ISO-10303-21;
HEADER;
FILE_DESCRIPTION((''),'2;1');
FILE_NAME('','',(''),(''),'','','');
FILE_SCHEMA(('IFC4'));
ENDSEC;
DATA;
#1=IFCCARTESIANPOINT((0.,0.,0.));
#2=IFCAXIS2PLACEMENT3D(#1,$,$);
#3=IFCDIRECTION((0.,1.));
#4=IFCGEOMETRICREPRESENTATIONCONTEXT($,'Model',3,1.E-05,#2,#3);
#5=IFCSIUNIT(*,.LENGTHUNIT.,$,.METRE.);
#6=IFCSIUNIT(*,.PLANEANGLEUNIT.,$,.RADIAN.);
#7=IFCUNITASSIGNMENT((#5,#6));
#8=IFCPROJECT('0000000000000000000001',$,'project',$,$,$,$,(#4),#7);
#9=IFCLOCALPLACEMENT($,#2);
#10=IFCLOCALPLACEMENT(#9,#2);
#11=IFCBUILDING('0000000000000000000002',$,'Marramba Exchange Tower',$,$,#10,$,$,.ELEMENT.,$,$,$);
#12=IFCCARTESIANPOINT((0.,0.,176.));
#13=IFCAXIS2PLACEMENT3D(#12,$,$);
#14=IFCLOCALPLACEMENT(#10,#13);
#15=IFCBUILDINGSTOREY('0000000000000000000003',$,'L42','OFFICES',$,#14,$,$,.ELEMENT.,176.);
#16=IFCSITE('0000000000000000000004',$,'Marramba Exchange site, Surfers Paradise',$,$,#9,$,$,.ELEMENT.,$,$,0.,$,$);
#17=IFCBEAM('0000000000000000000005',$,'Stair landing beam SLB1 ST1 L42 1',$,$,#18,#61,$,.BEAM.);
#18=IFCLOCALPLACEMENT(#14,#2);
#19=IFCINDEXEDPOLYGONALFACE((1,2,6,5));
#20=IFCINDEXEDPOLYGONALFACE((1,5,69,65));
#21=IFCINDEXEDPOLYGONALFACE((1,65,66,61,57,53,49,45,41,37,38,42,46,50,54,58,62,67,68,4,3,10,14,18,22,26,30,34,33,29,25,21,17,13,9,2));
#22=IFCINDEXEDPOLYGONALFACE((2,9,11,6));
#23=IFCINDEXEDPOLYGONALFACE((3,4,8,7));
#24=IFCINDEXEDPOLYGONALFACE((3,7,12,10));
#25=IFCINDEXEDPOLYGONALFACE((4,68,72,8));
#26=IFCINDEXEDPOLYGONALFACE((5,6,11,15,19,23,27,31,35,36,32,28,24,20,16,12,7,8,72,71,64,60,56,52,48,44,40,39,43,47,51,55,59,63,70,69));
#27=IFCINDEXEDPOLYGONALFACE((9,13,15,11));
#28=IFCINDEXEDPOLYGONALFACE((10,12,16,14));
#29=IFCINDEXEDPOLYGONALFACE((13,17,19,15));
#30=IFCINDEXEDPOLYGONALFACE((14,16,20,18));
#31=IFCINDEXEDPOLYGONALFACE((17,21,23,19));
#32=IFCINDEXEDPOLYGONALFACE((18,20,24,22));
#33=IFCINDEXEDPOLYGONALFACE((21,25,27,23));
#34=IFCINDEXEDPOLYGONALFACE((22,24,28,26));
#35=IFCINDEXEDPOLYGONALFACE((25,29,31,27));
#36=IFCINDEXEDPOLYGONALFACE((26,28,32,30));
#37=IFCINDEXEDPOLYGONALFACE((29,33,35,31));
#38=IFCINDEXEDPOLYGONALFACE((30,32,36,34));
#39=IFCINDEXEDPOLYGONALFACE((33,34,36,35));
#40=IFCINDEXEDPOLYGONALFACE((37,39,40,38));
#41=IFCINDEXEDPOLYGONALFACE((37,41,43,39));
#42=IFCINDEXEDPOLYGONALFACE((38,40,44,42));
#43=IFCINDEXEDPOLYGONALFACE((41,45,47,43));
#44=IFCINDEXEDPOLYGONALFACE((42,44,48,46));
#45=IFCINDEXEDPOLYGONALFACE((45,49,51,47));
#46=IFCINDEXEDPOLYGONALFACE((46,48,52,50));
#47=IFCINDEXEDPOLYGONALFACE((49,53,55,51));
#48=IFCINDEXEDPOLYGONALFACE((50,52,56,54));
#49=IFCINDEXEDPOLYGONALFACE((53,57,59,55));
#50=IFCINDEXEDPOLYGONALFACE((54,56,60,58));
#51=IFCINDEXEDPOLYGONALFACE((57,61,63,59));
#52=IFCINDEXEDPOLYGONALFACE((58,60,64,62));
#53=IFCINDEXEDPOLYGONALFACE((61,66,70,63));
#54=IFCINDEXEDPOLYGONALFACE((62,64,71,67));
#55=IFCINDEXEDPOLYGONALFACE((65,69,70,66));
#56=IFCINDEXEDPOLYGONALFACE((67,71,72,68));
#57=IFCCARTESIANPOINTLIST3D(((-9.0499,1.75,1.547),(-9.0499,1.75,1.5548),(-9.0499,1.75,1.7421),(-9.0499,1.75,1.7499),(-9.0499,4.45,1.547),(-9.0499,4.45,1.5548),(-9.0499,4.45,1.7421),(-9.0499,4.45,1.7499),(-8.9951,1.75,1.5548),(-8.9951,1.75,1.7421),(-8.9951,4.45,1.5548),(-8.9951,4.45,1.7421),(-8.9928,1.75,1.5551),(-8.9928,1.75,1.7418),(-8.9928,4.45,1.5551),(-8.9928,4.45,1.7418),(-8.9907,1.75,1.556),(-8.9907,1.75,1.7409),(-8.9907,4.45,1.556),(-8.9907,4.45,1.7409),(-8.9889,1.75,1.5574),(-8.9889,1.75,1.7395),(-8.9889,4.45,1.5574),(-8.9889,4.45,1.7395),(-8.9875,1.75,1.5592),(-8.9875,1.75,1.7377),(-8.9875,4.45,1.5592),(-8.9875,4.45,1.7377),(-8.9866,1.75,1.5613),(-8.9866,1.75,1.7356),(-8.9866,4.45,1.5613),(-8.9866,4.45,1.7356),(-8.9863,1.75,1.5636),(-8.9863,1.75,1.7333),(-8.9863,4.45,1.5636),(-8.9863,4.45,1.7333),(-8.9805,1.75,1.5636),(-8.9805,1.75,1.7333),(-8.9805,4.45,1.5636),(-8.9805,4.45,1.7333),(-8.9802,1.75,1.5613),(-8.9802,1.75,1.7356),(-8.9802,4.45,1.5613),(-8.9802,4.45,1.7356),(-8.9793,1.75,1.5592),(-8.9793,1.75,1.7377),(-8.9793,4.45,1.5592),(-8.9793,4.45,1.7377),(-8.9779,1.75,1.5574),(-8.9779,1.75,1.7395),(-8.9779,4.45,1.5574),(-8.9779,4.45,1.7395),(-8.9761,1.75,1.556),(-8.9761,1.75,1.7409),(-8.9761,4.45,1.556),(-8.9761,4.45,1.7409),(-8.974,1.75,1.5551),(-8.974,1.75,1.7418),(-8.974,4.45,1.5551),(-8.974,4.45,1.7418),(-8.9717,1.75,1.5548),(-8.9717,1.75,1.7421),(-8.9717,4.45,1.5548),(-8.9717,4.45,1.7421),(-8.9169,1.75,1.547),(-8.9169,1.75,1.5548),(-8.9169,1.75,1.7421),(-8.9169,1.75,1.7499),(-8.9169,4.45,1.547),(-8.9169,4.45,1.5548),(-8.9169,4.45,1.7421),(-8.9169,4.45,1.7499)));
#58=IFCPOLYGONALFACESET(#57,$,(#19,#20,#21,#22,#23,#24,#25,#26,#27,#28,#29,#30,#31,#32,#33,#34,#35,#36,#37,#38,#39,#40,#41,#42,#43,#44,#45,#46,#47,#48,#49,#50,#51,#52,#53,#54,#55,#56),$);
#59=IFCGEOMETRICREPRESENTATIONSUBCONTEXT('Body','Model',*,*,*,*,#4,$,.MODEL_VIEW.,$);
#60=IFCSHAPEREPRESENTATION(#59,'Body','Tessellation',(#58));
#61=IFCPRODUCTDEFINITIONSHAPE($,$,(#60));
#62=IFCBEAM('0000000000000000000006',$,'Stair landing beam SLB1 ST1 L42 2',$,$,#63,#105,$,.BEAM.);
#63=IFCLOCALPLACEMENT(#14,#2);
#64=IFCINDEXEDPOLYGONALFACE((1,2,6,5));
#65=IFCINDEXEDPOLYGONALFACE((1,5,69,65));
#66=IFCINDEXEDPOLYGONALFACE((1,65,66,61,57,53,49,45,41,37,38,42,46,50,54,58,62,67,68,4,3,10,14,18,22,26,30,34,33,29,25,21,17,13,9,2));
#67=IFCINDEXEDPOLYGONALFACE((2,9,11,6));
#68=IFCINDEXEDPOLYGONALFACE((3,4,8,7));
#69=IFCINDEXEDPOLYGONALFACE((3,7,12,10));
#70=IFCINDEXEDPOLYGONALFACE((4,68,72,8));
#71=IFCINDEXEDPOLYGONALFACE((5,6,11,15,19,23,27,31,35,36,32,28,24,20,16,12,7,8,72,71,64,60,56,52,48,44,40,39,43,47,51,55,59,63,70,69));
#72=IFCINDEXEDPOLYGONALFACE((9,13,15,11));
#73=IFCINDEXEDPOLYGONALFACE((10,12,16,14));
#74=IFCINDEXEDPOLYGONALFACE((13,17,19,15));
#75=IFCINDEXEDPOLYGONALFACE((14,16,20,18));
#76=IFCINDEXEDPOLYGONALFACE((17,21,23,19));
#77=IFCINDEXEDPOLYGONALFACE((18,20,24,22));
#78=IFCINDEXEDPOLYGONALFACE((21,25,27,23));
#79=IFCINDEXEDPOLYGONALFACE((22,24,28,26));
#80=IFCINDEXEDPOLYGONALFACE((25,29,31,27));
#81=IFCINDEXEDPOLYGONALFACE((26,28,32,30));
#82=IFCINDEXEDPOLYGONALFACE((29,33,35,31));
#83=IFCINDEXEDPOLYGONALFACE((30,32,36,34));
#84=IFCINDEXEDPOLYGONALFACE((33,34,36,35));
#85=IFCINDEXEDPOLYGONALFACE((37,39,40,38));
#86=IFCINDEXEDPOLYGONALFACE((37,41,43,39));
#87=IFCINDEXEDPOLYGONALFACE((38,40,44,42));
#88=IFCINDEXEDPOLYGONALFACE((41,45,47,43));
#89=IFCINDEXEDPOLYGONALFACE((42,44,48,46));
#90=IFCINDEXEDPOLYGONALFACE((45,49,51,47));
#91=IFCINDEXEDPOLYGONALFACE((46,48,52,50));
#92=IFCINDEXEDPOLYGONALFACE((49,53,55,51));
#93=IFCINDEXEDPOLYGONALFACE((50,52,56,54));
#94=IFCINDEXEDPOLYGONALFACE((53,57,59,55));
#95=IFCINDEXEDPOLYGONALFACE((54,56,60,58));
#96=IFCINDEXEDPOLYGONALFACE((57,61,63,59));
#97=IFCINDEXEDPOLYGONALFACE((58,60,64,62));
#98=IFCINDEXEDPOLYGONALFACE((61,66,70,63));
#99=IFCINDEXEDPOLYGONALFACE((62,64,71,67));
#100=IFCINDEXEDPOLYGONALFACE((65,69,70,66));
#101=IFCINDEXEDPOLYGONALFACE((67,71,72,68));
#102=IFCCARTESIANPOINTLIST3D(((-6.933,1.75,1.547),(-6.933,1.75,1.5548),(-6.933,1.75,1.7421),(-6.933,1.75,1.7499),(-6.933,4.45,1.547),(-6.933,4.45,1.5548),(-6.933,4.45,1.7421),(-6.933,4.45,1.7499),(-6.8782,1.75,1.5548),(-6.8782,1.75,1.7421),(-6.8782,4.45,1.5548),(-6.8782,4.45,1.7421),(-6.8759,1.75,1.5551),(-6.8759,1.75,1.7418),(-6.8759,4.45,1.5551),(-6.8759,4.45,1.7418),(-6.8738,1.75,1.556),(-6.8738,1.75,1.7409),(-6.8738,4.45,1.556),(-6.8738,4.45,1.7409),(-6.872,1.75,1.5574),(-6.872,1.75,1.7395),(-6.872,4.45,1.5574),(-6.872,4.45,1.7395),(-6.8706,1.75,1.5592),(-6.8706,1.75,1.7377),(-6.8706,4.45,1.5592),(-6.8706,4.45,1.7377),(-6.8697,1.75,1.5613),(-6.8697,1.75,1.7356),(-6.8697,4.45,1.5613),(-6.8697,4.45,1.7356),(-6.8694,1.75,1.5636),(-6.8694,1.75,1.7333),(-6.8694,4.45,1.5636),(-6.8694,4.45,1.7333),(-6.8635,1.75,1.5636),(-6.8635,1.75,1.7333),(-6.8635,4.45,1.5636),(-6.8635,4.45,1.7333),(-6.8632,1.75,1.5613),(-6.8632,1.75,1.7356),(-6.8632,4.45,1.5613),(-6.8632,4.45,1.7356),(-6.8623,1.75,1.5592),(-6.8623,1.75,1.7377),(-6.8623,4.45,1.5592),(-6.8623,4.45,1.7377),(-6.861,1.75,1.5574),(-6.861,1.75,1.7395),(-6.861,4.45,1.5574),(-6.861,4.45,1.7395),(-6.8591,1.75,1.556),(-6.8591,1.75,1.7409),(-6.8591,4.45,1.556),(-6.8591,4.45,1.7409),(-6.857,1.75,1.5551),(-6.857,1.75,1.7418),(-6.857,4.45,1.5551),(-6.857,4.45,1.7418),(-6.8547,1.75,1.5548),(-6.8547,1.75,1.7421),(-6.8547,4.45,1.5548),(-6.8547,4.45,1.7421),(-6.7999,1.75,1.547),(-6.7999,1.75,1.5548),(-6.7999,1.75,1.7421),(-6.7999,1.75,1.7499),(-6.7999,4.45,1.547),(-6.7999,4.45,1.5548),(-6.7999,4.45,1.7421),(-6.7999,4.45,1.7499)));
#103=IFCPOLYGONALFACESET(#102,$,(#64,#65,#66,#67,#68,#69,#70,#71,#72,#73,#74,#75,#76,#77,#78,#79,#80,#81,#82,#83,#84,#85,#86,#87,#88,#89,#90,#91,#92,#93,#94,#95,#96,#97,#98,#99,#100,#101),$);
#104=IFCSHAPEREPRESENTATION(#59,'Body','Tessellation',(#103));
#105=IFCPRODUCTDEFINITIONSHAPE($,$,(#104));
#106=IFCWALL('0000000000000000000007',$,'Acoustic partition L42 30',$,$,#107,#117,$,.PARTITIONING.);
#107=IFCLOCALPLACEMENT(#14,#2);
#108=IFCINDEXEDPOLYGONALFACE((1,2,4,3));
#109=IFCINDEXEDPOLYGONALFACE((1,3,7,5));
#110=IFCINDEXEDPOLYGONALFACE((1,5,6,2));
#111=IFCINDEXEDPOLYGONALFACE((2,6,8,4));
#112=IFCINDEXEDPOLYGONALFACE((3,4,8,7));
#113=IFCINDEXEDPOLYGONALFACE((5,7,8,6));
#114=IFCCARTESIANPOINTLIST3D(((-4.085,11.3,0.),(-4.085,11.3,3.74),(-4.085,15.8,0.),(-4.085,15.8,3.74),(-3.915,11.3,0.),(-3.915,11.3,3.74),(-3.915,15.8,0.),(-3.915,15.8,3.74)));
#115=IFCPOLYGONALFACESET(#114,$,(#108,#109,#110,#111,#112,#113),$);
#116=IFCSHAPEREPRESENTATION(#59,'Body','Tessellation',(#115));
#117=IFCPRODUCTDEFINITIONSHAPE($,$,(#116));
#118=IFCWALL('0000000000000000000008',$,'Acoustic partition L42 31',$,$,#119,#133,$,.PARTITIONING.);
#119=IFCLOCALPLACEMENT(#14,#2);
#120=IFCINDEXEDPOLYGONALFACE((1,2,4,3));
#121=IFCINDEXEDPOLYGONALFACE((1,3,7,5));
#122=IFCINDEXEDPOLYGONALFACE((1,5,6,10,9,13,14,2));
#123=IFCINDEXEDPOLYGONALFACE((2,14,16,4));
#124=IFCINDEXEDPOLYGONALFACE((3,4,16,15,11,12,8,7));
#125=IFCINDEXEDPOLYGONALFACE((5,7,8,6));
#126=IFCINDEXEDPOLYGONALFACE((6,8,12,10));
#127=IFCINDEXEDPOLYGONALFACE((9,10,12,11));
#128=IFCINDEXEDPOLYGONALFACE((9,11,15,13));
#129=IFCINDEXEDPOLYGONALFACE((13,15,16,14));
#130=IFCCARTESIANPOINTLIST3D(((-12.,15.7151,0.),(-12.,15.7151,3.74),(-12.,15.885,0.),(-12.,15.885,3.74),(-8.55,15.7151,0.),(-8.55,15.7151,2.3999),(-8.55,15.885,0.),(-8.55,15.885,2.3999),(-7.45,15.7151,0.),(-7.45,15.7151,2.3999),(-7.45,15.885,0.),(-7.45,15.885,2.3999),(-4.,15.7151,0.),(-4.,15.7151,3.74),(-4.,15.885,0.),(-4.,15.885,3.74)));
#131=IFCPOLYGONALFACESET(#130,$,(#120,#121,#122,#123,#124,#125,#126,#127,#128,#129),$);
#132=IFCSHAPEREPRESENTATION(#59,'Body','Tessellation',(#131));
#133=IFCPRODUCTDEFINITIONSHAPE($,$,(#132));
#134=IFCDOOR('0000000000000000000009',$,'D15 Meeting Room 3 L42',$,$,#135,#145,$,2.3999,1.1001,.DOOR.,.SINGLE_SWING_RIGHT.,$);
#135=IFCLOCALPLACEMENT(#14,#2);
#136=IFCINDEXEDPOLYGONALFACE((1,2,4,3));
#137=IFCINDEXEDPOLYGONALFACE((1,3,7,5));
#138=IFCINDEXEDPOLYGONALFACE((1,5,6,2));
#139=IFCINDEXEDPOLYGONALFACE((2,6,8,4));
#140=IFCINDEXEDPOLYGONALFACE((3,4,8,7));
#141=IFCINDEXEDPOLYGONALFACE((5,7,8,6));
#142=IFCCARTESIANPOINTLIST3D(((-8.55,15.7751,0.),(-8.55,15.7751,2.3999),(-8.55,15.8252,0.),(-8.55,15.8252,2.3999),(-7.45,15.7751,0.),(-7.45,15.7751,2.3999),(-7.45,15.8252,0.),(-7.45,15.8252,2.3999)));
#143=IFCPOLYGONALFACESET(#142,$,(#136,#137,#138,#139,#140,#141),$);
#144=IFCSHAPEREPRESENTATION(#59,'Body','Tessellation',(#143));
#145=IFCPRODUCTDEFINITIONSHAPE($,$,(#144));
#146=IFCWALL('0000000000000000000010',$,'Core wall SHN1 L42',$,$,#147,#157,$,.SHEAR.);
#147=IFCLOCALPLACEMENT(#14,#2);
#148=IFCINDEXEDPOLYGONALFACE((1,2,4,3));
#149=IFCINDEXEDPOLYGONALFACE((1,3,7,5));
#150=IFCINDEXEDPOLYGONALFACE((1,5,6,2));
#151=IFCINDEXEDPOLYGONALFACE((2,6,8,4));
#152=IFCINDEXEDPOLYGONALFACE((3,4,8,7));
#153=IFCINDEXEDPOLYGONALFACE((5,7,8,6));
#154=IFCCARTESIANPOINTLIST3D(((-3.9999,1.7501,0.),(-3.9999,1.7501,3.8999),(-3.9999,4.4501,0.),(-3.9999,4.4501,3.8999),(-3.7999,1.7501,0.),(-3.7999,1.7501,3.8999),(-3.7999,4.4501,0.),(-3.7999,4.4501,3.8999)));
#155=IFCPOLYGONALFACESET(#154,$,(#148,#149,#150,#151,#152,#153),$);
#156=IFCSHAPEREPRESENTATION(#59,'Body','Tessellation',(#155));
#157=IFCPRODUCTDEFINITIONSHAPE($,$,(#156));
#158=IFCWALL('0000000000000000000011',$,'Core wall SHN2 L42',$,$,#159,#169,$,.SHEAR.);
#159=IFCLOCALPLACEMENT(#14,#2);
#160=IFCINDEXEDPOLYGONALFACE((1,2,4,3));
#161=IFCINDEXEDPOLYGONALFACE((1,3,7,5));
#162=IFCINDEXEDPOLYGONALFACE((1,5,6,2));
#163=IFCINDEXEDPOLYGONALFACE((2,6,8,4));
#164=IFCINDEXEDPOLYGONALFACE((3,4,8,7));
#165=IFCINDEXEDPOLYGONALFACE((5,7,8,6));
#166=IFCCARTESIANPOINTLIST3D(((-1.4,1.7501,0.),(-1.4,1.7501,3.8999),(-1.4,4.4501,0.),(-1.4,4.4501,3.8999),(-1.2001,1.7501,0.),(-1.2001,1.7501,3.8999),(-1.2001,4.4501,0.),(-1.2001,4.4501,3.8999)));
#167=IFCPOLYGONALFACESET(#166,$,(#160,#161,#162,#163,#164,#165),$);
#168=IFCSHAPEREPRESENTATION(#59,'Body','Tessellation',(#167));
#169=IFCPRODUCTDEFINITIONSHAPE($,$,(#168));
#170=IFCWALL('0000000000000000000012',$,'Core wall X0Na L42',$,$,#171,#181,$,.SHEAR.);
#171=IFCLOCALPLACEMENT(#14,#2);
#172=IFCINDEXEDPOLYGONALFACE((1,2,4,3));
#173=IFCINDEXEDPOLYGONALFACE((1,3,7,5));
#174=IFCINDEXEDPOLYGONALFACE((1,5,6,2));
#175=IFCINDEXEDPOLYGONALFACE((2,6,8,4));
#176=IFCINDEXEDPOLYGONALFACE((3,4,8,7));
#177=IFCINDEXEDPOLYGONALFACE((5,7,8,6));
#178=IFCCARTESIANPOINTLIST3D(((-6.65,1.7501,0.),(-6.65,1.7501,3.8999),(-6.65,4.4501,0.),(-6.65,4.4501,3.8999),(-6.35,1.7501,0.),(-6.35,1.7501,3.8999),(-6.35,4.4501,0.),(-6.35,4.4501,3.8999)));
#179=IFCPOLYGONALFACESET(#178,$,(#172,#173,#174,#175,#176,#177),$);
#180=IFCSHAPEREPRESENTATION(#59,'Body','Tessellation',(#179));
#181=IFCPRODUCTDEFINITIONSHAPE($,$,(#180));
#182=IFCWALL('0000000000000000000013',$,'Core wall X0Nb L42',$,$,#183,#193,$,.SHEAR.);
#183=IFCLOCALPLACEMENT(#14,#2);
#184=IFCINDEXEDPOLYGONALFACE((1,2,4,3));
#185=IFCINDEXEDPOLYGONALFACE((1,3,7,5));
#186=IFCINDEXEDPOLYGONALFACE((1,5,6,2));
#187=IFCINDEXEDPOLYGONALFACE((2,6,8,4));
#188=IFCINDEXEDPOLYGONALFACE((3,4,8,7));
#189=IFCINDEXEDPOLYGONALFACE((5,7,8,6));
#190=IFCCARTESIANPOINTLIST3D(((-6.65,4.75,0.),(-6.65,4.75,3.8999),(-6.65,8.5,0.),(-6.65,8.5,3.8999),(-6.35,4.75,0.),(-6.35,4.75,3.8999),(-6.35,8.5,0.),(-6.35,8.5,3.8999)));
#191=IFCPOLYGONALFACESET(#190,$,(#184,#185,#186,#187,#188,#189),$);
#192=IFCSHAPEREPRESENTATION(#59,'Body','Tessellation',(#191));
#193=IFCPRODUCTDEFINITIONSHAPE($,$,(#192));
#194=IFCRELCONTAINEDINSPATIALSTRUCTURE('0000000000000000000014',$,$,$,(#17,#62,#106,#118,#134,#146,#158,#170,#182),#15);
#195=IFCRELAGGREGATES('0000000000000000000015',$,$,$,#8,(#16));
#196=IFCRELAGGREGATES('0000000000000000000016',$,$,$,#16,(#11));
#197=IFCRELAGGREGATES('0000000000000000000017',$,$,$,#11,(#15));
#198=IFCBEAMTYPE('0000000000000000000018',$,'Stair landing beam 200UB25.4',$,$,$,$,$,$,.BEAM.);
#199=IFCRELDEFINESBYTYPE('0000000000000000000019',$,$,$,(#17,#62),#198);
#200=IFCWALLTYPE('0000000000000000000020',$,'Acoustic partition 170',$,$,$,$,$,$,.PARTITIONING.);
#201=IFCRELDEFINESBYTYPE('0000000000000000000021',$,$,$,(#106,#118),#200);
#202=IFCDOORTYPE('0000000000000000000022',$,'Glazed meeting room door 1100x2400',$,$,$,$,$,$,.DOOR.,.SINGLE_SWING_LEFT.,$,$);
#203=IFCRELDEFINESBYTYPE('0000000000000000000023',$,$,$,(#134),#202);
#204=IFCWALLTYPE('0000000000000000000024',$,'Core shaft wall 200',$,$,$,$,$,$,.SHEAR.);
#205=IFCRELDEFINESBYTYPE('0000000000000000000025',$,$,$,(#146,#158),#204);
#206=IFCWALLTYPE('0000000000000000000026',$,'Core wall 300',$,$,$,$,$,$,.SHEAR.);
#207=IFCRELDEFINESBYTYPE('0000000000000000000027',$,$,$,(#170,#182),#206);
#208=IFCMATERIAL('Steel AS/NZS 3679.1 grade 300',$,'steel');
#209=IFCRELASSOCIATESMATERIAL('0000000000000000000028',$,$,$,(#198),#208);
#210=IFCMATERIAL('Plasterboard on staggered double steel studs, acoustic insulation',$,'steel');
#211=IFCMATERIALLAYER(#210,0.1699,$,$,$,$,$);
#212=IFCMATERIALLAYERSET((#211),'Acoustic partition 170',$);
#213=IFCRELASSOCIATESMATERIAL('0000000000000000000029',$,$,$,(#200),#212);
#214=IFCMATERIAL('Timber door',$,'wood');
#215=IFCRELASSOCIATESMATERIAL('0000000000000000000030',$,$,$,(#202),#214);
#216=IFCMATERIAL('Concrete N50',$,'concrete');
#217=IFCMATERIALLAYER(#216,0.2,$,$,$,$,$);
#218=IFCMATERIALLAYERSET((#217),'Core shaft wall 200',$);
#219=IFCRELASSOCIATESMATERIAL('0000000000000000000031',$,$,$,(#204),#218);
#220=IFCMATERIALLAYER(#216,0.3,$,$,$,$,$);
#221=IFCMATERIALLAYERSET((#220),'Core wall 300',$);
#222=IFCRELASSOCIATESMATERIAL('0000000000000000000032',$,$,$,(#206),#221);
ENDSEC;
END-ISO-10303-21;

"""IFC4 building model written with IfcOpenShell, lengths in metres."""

from ifc_helpers import new_model, si_unit, direction, frame, frame_2d, origin, origin_2d, place, context, subcontext, project, spatial, rectangle, i_section, extrude, material, layer, layer_set, material_profile, profile_set, type_object, element, fill, save


model = new_model("IFC4")

# Units and contexts
model_context = context("Model", 3, precision=1e-05, world=origin(), true_north=direction((0.0, 1.0)))
body_context = subcontext(model_context, "Body", "Model", "MODEL_VIEW")
ifc_project = project(units=[si_unit("LENGTHUNIT", "METRE"), si_unit("PLANEANGLEUNIT", "RADIAN")], contexts=[model_context])

# Site, building, storey
site_placement = place(None, origin())
site = spatial("IfcSite", under=ifc_project, at=site_placement, Name="Marramba Exchange site, Surfers Paradise", CompositionType="ELEMENT", RefElevation=0.0)
building_placement = place(site_placement, origin())
building = spatial("IfcBuilding", under=site, at=building_placement, Name="Marramba Exchange Tower", CompositionType="ELEMENT")
storey_placement = place(building_placement, frame((0.0, 0.0, 176.0)))
storey = spatial("IfcBuildingStorey", under=building, at=storey_placement, Name="L42", Description="OFFICES", CompositionType="ELEMENT", Elevation=176.0)

# Shared definitions
ifc_material_1 = material(Name="Concrete N50", Category="concrete")

# Beams
ifc_material_2 = material(Name="Steel AS/NZS 3679.1 grade 300", Category="steel")
ifc_material_profile_1 = material_profile(ifc_material_2, i_section(OverallWidth=0.1331, OverallDepth=0.2029, WebThickness=0.0059, FlangeThickness=0.0078, FilletRadius=0.0088, at=origin_2d()), Name="200UB25.4")
ifc_profile_set_1 = profile_set([ifc_material_profile_1], Name="Steel AS/NZS 3679.1 grade 300")
beam_type_1 = type_object("IfcBeamType", Name="Stair landing beam 200UB25.4", PredefinedType="BEAM", material=ifc_profile_set_1)
for number, where, z_axis, x_axis, name in (
    (1, (-8.9834, 1.75, 1.6484), (0.0, 1.0, 0.0), (-1.0, 0.0, 0.0), "Stair landing beam SLB1 ST1 L42 1"),
    (2, (-6.8665, 1.75, 1.6484), (0.0, 1.0, 0.0), (-1.0, 0.0, 0.0), "Stair landing beam SLB1 ST1 L42 2"),
):
    element("IfcBeam", number, at=place(storey_placement, frame(where, z_axis=z_axis, x_axis=x_axis)), inside=storey, type_object=beam_type_1, Name=name, PredefinedType="BEAM", context=body_context, shape_type="SweptSolid", body=[
        extrude(i_section(OverallWidth=0.1331, OverallDepth=0.2029, WebThickness=0.0059, FlangeThickness=0.0078, FilletRadius=0.0088, at=origin_2d()), origin(), (0.0, 0.0, 1.0), 2.7),
    ])

# Wall
ifc_material_3 = material(Name="Plasterboard on staggered double steel studs, acoustic insulation", Category="steel")
ifc_layer_1 = layer(ifc_material_3, 0.1699)
ifc_layer_set_1 = layer_set([ifc_layer_1], Name="Acoustic partition 170")
wall_type_1 = type_object("IfcWallType", Name="Acoustic partition 170", PredefinedType="PARTITIONING", material=ifc_layer_set_1)
wall_1_placement = place(storey_placement, frame((-4.0, 11.3, 0.0), z_axis=(0.0, 0.0, 1.0), x_axis=(0.0, 1.0, 0.0)))
element("IfcWall", 3, at=wall_1_placement, inside=storey, type_object=wall_type_1, Name="Acoustic partition L42 30", PredefinedType="PARTITIONING", context=body_context, shape_type="SweptSolid", body=[
    extrude(rectangle(XDim=4.5, YDim=0.1699, at=frame_2d((2.25, 0.0))), origin(), (0.0, 0.0, 1.0), 3.74),
])

# Wall, opening, door
wall_2_placement = place(storey_placement, frame((-4.0, 15.8, 0.0), z_axis=(0.0, 0.0, 1.0), x_axis=(-1.0, 0.0, 0.0)))
wall_2 = element("IfcWall", 4, at=wall_2_placement, inside=storey, type_object=wall_type_1, Name="Acoustic partition L42 31", PredefinedType="PARTITIONING", context=body_context, shape_type="SweptSolid", body=[
    extrude(rectangle(XDim=8.0, YDim=0.1699, at=frame_2d((4.0, 0.0))), origin(), (0.0, 0.0, 1.0), 3.74),
])
opening_1_placement = place(wall_2_placement, frame((3.45, 0.0, 0.0)))
opening_1 = element("IfcOpeningElement", 5, at=opening_1_placement, cuts=wall_2, PredefinedType="OPENING", context=body_context, shape_type="SweptSolid", body=[
    extrude(rectangle(XDim=1.1001, YDim=2.3999, at=frame_2d((0.55, 1.2))), frame((0.0, 0.095, 0.0), z_axis=(0.0, -1.0, 0.0), x_axis=(1.0, 0.0, 0.0)), (0.0, 0.0, 1.0), 0.1899),
])
ifc_material_4 = material(Name="Timber door", Category="wood")
door_type_1 = type_object("IfcDoorType", Name="Glazed meeting room door 1100x2400", OperationType="SINGLE_SWING_LEFT", PredefinedType="DOOR", material=ifc_material_4)
door_1_placement = place(opening_1_placement, origin())
door_1 = element("IfcDoor", 6, at=door_1_placement, inside=storey, type_object=door_type_1, Name="D15 Meeting Room 3 L42", OperationType="SINGLE_SWING_RIGHT", OverallHeight=2.3999, OverallWidth=1.1001, PredefinedType="DOOR", context=body_context, shape_type="SweptSolid", body=[
    extrude(rectangle(XDim=1.1001, YDim=2.3999, at=frame_2d((0.55, 1.2))), frame((0.0, 0.0249, 0.0), z_axis=(0.0, -1.0, 0.0), x_axis=(1.0, 0.0, 0.0)), (0.0, 0.0, 1.0), 0.05),
])
fill(opening_1, door_1)

# Walls
ifc_layer_2 = layer(ifc_material_1, 0.2)
ifc_layer_set_2 = layer_set([ifc_layer_2], Name="Core shaft wall 200")
wall_type_2 = type_object("IfcWallType", Name="Core shaft wall 200", PredefinedType="SHEAR", material=ifc_layer_set_2)
for number, where, z_axis, x_axis, name in (
    (7, (-3.8999, 1.75, 0.0), (0.0, 0.0, 1.0), (0.0, 1.0, 0.0), "Core wall SHN1 L42"),
    (8, (-1.3, 1.75, 0.0), (0.0, 0.0, 1.0), (0.0, 1.0, 0.0), "Core wall SHN2 L42"),
):
    element("IfcWall", number, at=place(storey_placement, frame(where, z_axis=z_axis, x_axis=x_axis)), inside=storey, type_object=wall_type_2, Name=name, PredefinedType="SHEAR", context=body_context, shape_type="SweptSolid", body=[
        extrude(rectangle(XDim=2.7, YDim=0.2, at=frame_2d((1.3501, 0.0))), origin(), (0.0, 0.0, 1.0), 3.8999),
    ])
ifc_layer_3 = layer(ifc_material_1, 0.3)
ifc_layer_set_3 = layer_set([ifc_layer_3], Name="Core wall 300")
wall_type_3 = type_object("IfcWallType", Name="Core wall 300", PredefinedType="SHEAR", material=ifc_layer_set_3)
wall_3_placement = place(storey_placement, frame((-6.5, 1.75, 0.0), z_axis=(0.0, 0.0, 1.0), x_axis=(0.0, 1.0, 0.0)))
element("IfcWall", 9, at=wall_3_placement, inside=storey, type_object=wall_type_3, Name="Core wall X0Na L42", PredefinedType="SHEAR", context=body_context, shape_type="SweptSolid", body=[
    extrude(rectangle(XDim=2.7, YDim=0.3, at=frame_2d((1.3501, 0.0))), origin(), (0.0, 0.0, 1.0), 3.8999),
])
for number, where, z_axis, x_axis, name in (
    (10, (-6.5, 4.75, 0.0), (0.0, 0.0, 1.0), (0.0, 1.0, 0.0), "Core wall X0Nb L42"),
):
    element("IfcWall", number, at=place(storey_placement, frame(where, z_axis=z_axis, x_axis=x_axis)), inside=storey, type_object=wall_type_3, Name=name, PredefinedType="SHEAR", context=body_context, shape_type="SweptSolid", body=[
        extrude(rectangle(XDim=3.75, YDim=0.3, at=frame_2d((1.875, 0.0))), origin(), (0.0, 0.0, 1.0), 3.8999),
    ])

save(model, "model.ifc")
